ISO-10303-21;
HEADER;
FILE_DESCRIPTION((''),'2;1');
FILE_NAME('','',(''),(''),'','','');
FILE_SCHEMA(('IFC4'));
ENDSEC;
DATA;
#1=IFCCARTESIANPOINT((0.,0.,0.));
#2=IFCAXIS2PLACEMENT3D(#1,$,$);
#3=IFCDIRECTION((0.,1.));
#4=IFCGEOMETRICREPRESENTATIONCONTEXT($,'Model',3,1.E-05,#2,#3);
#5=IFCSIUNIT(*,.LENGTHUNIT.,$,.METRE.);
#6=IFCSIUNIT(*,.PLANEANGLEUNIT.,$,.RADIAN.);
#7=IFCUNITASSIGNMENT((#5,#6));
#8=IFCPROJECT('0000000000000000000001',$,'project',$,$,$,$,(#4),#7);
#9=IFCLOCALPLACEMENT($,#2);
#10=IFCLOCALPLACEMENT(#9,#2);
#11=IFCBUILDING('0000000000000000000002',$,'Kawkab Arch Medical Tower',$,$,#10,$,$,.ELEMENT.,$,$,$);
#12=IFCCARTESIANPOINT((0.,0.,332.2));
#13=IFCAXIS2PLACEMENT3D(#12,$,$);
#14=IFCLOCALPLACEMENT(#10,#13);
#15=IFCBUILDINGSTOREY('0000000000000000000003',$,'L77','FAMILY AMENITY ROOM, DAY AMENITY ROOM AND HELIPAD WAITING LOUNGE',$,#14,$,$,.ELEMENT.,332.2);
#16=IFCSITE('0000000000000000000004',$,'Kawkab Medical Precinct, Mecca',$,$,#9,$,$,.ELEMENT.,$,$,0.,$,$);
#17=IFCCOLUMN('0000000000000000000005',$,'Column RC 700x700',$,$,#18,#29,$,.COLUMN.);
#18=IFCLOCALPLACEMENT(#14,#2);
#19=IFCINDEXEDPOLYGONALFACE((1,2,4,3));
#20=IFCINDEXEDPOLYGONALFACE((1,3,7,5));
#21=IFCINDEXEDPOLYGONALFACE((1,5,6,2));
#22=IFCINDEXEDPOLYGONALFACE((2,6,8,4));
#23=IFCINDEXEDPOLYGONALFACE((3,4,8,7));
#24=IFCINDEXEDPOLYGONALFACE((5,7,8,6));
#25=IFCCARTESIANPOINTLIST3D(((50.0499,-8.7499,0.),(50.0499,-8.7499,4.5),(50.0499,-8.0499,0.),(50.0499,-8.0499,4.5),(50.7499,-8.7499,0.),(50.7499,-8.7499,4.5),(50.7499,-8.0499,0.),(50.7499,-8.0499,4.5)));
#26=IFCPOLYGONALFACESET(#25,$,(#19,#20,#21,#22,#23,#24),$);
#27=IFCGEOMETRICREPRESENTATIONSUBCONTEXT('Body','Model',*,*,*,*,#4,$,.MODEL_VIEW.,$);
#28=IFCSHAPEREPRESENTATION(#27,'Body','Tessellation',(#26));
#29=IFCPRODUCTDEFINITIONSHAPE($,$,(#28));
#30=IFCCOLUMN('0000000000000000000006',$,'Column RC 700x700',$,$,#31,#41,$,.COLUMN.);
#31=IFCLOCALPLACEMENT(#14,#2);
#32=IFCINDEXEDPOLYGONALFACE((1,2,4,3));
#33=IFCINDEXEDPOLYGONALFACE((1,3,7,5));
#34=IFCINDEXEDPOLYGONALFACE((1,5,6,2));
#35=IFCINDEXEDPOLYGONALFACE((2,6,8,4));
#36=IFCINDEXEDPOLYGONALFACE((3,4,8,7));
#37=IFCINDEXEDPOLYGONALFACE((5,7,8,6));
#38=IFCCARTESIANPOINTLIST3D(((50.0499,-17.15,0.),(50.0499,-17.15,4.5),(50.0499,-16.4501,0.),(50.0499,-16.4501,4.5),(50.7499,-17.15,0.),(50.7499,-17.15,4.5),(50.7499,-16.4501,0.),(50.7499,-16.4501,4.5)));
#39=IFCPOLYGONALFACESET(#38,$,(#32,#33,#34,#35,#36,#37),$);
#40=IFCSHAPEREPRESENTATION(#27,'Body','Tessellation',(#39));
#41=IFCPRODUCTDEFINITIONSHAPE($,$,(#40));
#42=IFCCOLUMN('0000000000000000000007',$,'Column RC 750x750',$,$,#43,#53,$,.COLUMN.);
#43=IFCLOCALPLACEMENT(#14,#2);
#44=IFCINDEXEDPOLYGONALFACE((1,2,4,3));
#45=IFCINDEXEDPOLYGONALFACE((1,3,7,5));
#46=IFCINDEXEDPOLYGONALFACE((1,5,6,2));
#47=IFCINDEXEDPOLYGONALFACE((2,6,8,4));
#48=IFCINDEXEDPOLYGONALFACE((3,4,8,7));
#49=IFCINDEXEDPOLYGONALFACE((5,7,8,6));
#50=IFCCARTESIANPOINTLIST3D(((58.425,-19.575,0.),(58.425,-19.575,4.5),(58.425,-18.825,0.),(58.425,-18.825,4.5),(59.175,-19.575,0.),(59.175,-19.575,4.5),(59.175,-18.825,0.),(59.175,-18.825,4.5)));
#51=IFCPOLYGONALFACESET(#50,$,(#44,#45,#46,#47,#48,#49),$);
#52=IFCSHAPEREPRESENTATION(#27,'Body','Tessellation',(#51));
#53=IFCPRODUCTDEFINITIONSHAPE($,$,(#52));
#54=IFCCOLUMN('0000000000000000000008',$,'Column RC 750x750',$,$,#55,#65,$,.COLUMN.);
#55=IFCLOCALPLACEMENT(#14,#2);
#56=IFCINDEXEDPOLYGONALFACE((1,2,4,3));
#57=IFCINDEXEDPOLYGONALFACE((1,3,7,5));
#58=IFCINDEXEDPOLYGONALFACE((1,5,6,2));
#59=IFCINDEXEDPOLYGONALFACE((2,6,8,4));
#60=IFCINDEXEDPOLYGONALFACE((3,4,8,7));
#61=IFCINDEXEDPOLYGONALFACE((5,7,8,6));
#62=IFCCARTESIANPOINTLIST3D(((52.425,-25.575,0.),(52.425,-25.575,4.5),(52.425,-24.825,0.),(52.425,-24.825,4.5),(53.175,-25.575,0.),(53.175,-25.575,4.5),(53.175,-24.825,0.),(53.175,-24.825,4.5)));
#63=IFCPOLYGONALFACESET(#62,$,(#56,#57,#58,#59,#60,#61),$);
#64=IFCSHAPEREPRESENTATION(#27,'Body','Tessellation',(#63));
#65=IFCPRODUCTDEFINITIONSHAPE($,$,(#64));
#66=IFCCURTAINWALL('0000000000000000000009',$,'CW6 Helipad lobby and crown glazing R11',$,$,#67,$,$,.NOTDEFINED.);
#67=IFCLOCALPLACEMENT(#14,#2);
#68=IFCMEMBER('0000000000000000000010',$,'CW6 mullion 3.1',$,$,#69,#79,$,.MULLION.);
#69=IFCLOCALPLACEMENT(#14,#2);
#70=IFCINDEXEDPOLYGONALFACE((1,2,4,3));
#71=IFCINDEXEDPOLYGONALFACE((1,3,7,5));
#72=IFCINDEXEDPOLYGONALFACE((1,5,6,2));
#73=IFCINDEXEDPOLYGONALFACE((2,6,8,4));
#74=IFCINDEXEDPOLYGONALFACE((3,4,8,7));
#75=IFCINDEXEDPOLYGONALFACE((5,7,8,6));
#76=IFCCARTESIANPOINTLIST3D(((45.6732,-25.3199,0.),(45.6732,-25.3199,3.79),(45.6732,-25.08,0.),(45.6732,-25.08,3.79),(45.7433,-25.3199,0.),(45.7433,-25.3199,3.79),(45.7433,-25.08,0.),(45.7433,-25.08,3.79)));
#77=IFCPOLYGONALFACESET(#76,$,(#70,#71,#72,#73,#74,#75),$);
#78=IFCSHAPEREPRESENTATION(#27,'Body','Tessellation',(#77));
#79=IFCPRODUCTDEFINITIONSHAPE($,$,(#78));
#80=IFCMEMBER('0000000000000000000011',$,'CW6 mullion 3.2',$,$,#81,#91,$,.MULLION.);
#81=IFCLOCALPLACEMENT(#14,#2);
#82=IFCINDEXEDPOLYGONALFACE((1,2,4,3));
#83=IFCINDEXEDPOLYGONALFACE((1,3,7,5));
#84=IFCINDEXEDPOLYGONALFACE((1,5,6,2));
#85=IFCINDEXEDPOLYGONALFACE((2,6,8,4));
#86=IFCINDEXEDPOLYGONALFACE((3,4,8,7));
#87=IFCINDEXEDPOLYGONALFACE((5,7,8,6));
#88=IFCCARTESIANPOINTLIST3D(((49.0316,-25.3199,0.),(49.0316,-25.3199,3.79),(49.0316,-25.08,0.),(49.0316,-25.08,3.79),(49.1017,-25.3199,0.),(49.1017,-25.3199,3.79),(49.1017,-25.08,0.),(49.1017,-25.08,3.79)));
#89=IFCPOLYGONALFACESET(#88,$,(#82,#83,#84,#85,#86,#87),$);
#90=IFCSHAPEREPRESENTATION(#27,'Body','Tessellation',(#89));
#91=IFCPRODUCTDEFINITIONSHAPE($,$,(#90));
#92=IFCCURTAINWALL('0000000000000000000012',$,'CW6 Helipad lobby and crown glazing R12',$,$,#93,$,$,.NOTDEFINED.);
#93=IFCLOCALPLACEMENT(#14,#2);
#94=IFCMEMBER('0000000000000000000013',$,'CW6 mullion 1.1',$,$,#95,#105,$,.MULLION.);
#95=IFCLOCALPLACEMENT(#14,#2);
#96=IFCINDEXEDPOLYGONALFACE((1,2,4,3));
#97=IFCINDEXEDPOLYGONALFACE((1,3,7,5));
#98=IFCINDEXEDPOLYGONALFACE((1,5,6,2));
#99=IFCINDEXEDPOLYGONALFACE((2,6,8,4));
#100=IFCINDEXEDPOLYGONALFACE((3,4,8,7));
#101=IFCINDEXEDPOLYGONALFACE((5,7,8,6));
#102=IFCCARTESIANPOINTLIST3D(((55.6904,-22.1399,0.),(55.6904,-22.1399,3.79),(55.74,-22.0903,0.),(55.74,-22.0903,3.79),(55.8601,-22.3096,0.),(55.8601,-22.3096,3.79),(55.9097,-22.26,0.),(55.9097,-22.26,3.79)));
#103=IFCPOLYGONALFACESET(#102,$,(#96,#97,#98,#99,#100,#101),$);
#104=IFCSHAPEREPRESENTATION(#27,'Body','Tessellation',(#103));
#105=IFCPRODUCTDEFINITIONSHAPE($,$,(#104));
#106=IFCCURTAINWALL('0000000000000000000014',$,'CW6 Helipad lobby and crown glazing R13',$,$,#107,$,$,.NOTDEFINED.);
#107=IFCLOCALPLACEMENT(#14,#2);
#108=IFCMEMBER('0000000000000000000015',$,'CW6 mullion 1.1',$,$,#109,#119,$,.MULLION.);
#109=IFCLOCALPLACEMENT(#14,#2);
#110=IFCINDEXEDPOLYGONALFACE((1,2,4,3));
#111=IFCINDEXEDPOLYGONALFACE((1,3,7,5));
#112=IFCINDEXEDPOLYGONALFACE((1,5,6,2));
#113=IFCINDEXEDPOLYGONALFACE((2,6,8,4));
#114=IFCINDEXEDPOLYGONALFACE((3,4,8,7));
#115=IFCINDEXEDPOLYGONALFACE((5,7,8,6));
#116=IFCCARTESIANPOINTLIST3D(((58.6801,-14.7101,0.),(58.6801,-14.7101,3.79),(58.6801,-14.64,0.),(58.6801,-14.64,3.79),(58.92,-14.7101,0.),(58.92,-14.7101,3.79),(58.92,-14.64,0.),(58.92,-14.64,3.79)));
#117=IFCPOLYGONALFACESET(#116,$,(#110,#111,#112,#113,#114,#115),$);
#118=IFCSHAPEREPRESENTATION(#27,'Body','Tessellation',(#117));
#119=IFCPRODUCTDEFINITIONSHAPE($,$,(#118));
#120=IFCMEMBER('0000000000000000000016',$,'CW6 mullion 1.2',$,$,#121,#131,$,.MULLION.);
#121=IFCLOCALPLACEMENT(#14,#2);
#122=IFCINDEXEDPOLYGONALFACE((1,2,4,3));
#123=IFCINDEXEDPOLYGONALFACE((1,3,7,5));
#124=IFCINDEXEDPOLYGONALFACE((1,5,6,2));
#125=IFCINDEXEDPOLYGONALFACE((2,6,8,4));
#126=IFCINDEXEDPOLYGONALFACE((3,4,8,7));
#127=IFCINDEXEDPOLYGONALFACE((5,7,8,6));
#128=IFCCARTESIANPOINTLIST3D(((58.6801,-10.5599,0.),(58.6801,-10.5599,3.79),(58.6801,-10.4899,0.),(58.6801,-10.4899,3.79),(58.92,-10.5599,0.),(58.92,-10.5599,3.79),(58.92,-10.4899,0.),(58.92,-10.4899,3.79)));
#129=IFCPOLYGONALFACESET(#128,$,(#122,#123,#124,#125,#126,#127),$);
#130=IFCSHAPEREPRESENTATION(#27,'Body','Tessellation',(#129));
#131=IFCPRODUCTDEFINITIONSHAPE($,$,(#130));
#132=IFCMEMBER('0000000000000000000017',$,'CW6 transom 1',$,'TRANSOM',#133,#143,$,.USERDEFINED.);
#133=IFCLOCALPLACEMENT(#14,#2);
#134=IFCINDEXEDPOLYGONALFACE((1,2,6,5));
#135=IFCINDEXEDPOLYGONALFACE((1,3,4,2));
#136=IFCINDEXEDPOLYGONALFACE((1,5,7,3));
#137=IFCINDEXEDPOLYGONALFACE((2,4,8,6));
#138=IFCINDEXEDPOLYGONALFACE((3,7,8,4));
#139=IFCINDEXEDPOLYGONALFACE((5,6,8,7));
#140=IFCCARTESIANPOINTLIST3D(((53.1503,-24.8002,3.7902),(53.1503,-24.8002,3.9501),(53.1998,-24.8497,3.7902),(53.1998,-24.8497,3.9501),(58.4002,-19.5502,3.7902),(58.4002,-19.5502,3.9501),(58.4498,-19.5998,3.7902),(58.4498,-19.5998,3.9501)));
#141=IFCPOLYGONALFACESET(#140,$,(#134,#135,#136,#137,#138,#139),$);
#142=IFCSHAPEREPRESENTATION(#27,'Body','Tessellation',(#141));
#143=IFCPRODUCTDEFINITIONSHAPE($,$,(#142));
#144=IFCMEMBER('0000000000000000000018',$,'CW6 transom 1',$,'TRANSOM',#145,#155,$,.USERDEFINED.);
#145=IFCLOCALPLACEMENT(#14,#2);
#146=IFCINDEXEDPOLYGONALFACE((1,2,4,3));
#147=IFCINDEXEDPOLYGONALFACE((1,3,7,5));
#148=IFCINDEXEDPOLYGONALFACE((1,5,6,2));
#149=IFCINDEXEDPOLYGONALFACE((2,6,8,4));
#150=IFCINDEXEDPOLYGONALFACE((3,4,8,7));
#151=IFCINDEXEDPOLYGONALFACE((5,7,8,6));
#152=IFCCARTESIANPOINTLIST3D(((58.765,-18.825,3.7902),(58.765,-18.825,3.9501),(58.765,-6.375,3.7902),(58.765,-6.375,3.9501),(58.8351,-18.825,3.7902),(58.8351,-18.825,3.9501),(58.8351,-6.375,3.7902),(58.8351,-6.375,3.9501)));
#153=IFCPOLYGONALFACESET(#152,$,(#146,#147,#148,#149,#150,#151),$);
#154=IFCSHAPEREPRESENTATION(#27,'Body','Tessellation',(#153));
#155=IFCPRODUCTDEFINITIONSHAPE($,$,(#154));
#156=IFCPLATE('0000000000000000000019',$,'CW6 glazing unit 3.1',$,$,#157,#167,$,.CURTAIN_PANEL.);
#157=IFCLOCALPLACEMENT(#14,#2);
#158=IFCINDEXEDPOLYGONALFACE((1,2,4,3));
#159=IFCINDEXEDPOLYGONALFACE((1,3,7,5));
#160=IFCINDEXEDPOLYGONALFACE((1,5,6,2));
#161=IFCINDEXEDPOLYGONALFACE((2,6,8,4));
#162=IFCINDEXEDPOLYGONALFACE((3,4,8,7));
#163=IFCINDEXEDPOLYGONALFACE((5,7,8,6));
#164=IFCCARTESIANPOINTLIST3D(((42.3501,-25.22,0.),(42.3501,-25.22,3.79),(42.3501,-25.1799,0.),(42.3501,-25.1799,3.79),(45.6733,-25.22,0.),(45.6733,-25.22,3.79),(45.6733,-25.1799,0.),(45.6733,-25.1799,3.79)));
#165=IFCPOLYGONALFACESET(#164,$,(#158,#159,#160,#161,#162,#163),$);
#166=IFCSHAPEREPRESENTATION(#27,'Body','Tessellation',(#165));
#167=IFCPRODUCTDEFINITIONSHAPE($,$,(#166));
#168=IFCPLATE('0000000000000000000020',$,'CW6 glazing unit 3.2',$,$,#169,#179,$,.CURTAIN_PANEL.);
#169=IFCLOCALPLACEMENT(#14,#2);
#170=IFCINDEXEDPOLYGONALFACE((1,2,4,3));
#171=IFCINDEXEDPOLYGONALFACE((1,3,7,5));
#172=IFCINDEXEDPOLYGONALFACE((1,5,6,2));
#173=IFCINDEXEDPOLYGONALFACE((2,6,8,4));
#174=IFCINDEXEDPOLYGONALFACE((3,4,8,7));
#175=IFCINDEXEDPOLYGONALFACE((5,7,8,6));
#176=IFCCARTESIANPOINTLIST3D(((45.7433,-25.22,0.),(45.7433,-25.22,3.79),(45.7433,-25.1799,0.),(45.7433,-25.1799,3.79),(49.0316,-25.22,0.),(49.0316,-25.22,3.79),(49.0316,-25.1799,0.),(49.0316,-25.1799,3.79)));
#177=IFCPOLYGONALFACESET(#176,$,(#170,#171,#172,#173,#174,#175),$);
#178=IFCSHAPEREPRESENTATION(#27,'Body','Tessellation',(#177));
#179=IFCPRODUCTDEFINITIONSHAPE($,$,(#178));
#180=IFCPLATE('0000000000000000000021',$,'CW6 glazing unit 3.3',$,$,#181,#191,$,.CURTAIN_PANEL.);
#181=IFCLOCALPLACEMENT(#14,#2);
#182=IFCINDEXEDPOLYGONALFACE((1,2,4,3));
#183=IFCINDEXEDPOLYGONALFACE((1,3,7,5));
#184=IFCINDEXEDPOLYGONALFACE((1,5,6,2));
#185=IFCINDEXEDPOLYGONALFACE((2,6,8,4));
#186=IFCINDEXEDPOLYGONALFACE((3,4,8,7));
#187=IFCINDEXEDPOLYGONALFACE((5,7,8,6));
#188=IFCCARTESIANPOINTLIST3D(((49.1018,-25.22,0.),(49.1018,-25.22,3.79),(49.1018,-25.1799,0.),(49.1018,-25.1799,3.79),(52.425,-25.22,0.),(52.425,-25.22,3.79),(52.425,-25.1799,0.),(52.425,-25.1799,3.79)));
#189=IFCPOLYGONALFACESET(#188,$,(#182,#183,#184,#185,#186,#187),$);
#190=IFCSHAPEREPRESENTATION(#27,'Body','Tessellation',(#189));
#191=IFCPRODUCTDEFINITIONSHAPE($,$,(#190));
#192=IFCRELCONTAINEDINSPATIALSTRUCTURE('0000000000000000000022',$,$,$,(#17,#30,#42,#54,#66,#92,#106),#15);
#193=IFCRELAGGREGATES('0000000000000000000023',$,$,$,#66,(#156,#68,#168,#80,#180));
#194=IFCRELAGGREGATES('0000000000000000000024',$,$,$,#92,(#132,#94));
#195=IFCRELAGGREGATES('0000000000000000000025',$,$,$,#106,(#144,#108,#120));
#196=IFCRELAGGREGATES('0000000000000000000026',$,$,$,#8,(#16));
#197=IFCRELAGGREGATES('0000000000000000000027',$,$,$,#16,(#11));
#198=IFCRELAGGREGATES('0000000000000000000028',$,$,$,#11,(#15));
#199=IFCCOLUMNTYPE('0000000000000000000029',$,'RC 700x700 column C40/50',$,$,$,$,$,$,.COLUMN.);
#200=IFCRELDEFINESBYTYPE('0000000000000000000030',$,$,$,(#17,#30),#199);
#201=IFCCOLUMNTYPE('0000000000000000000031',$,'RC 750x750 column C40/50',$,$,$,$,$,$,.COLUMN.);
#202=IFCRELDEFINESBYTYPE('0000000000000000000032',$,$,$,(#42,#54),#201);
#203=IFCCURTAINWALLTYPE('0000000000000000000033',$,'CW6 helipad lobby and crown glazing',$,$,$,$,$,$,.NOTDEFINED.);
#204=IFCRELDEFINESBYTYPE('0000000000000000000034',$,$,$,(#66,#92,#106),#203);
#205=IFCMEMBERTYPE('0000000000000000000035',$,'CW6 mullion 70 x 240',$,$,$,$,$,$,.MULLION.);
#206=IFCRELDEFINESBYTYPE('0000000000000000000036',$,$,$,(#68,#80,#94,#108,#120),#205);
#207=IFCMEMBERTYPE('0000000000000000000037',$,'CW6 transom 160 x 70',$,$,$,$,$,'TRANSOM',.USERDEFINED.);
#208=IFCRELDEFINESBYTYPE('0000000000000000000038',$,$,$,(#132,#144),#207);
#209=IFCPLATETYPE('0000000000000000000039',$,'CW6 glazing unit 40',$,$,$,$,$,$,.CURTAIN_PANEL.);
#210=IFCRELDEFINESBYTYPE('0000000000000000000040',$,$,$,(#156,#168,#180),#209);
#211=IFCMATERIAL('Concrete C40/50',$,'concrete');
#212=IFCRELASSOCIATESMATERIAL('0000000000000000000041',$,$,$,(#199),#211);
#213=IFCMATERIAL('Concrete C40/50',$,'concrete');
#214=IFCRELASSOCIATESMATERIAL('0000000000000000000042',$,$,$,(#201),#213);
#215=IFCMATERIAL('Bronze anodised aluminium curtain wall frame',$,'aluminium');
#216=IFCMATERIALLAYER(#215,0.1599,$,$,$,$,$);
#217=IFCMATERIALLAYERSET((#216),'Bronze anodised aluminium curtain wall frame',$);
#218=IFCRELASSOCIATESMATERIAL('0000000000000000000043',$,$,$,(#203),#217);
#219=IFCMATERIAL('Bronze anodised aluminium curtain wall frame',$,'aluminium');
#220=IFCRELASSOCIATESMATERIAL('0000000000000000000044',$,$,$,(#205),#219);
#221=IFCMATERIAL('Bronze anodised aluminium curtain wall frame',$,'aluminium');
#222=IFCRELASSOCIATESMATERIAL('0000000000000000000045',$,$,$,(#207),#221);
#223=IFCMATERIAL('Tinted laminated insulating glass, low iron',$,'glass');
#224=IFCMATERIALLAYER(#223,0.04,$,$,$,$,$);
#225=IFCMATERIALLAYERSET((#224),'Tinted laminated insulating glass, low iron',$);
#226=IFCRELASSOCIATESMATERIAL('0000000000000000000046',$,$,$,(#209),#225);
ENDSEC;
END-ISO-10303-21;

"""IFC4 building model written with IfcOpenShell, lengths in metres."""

from ifc_helpers import new_model, si_unit, direction, frame, origin, origin_2d, place, context, subcontext, project, spatial, rectangle, extrude, material, layer, layer_set, material_profile, profile_set, type_object, element, aggregate, save


model = new_model("IFC4")

# Units and contexts
model_context = context("Model", 3, precision=1e-05, world=origin(), true_north=direction((0.0, 1.0)))
body_context = subcontext(model_context, "Body", "Model", "MODEL_VIEW")
ifc_project = project(units=[si_unit("LENGTHUNIT", "METRE"), si_unit("PLANEANGLEUNIT", "RADIAN")], contexts=[model_context])

# Site, building, storey
site_placement = place(None, origin())
site = spatial("IfcSite", under=ifc_project, at=site_placement, Name="Kawkab Medical Precinct, Mecca", CompositionType="ELEMENT", RefElevation=0.0)
building_placement = place(site_placement, origin())
building = spatial("IfcBuilding", under=site, at=building_placement, Name="Kawkab Arch Medical Tower", CompositionType="ELEMENT")
storey_placement = place(building_placement, frame((0.0, 0.0, 332.2)))
storey = spatial("IfcBuildingStorey", under=building, at=storey_placement, Name="L77", Description="FAMILY AMENITY ROOM, DAY AMENITY ROOM AND HELIPAD WAITING LOUNGE", CompositionType="ELEMENT", Elevation=332.2)

# Columns
ifc_material_1 = material(Name="Concrete C40/50", Category="concrete")
ifc_material_profile_1 = material_profile(ifc_material_1, rectangle(XDim=0.7, YDim=0.7, at=origin_2d()), Name="RC 700x700")
ifc_profile_set_1 = profile_set([ifc_material_profile_1], Name="Concrete C40/50")
column_type_1 = type_object("IfcColumnType", Name="RC 700x700 column C40/50", PredefinedType="COLUMN", material=ifc_profile_set_1)
for number, where, z_axis, x_axis, name in (
    (1, (50.3999, -8.3999, 0.0), (0.0, 0.0, 1.0), (1.0, 0.0, 0.0), "Column RC 700x700"),
    (2, (50.3999, -16.8, 0.0), (0.0, 0.0, 1.0), (1.0, 0.0, 0.0), "Column RC 700x700"),
):
    element("IfcColumn", number, at=place(storey_placement, frame(where, z_axis=z_axis, x_axis=x_axis)), inside=storey, type_object=column_type_1, Name=name, PredefinedType="COLUMN", context=body_context, shape_type="SweptSolid", body=[
        extrude(rectangle(XDim=0.7, YDim=0.7, at=origin_2d()), origin(), (0.0, 0.0, 1.0), 4.5),
    ])
ifc_material_2 = material(Name="Concrete C40/50", Category="concrete")
ifc_material_profile_2 = material_profile(ifc_material_2, rectangle(XDim=0.75, YDim=0.75, at=origin_2d()), Name="RC 750x750")
ifc_profile_set_2 = profile_set([ifc_material_profile_2], Name="Concrete C40/50")
column_type_2 = type_object("IfcColumnType", Name="RC 750x750 column C40/50", PredefinedType="COLUMN", material=ifc_profile_set_2)
for number, where, z_axis, x_axis, name in (
    (3, (58.8, -19.2, 0.0), (0.0, 0.0, 1.0), (1.0, 0.0, 0.0), "Column RC 750x750"),
    (4, (52.8, -25.2, 0.0), (0.0, 0.0, 1.0), (1.0, 0.0, 0.0), "Column RC 750x750"),
):
    element("IfcColumn", number, at=place(storey_placement, frame(where, z_axis=z_axis, x_axis=x_axis)), inside=storey, type_object=column_type_2, Name=name, PredefinedType="COLUMN", context=body_context, shape_type="SweptSolid", body=[
        extrude(rectangle(XDim=0.75, YDim=0.75, at=origin_2d()), origin(), (0.0, 0.0, 1.0), 4.5),
    ])

# Curtain wall, members
ifc_material_3 = material(Name="Bronze anodised aluminium curtain wall frame", Category="aluminium")
ifc_layer_1 = layer(ifc_material_3, 0.1599)
ifc_layer_set_1 = layer_set([ifc_layer_1], Name="Bronze anodised aluminium curtain wall frame")
curtain_wall_type = type_object("IfcCurtainWallType", Name="CW6 helipad lobby and crown glazing", PredefinedType="NOTDEFINED", material=ifc_layer_set_1)
placement = place(storey_placement, origin())
curtain_wall_1 = element("IfcCurtainWall", 5, at=placement, inside=storey, type_object=curtain_wall_type, Name="CW6 Helipad lobby and crown glazing R11", PredefinedType="NOTDEFINED")
ifc_material_4 = material(Name="Bronze anodised aluminium curtain wall frame", Category="aluminium")
ifc_material_profile_3 = material_profile(ifc_material_4, rectangle(XDim=0.24, YDim=0.0701, at=origin_2d()), Name="AL 70x240")
ifc_profile_set_3 = profile_set([ifc_material_profile_3], Name="Bronze anodised aluminium curtain wall frame")
member_type_1 = type_object("IfcMemberType", Name="CW6 mullion 70 x 240", PredefinedType="MULLION", material=ifc_profile_set_3)
member_1_placement = place(storey_placement, frame((45.7083, -25.2, 0.0), z_axis=(0.0, 0.0, 1.0), x_axis=(0.0, 1.0, 0.0)))
member_1 = element("IfcMember", 6, at=member_1_placement, type_object=member_type_1, Name="CW6 mullion 3.1", PredefinedType="MULLION", context=body_context, shape_type="SweptSolid", body=[
    extrude(rectangle(XDim=0.24, YDim=0.0701, at=origin_2d()), origin(), (0.0, 0.0, 1.0), 3.79),
])
member_2_placement = place(storey_placement, frame((49.0667, -25.2, 0.0), z_axis=(0.0, 0.0, 1.0), x_axis=(0.0, 1.0, 0.0)))
member_2 = element("IfcMember", 7, at=member_2_placement, type_object=member_type_1, Name="CW6 mullion 3.2", PredefinedType="MULLION", context=body_context, shape_type="SweptSolid", body=[
    extrude(rectangle(XDim=0.24, YDim=0.0701, at=origin_2d()), origin(), (0.0, 0.0, 1.0), 3.79),
])

# Curtain wall, member
curtain_wall_2 = element("IfcCurtainWall", 8, at=placement, inside=storey, type_object=curtain_wall_type, Name="CW6 Helipad lobby and crown glazing R12", PredefinedType="NOTDEFINED")
member_3_placement = place(storey_placement, frame((55.8, -22.2, 0.0), z_axis=(0.0, 0.0, 1.0), x_axis=(-0.707107, 0.707107, 0.0)))
member_3 = element("IfcMember", 9, at=member_3_placement, type_object=member_type_1, Name="CW6 mullion 1.1", PredefinedType="MULLION", context=body_context, shape_type="SweptSolid", body=[
    extrude(rectangle(XDim=0.24, YDim=0.0701, at=origin_2d()), origin(), (0.0, 0.0, 1.0), 3.79),
])

# Curtain wall, members
curtain_wall_3 = element("IfcCurtainWall", 10, at=placement, inside=storey, type_object=curtain_wall_type, Name="CW6 Helipad lobby and crown glazing R13", PredefinedType="NOTDEFINED")
member_4_placement = place(storey_placement, frame((58.8, -14.675, 0.0), z_axis=(0.0, 0.0, 1.0), x_axis=(-1.0, 0.0, 0.0)))
member_4 = element("IfcMember", 11, at=member_4_placement, type_object=member_type_1, Name="CW6 mullion 1.1", PredefinedType="MULLION", context=body_context, shape_type="SweptSolid", body=[
    extrude(rectangle(XDim=0.24, YDim=0.0701, at=origin_2d()), origin(), (0.0, 0.0, 1.0), 3.79),
])
member_5_placement = place(storey_placement, frame((58.8, -10.5249, 0.0), z_axis=(0.0, 0.0, 1.0), x_axis=(-1.0, 0.0, 0.0)))
member_5 = element("IfcMember", 12, at=member_5_placement, type_object=member_type_1, Name="CW6 mullion 1.2", PredefinedType="MULLION", context=body_context, shape_type="SweptSolid", body=[
    extrude(rectangle(XDim=0.24, YDim=0.0701, at=origin_2d()), origin(), (0.0, 0.0, 1.0), 3.79),
])

# Members
ifc_material_5 = material(Name="Bronze anodised aluminium curtain wall frame", Category="aluminium")
ifc_material_profile_4 = material_profile(ifc_material_5, rectangle(XDim=0.0701, YDim=0.1599, at=origin_2d()), Name="AL 70x160")
ifc_profile_set_4 = profile_set([ifc_material_profile_4], Name="Bronze anodised aluminium curtain wall frame")
member_type_2 = type_object("IfcMemberType", Name="CW6 transom 160 x 70", ElementType="TRANSOM", PredefinedType="USERDEFINED", material=ifc_profile_set_4)
member_6_placement = place(storey_placement, frame((53.175, -24.825, 3.8701), z_axis=(0.707107, 0.707107, 0.0), x_axis=(-0.707107, 0.707107, 0.0)))
member_6 = element("IfcMember", 13, at=member_6_placement, type_object=member_type_2, Name="CW6 transom 1", ObjectType="TRANSOM", PredefinedType="USERDEFINED", context=body_context, shape_type="SweptSolid", body=[
    extrude(rectangle(XDim=0.0701, YDim=0.1599, at=origin_2d()), origin(), (0.0, 0.0, 1.0), 7.4246),
])
member_7_placement = place(storey_placement, frame((58.8, -18.825, 3.8701), z_axis=(0.0, 1.0, 0.0), x_axis=(-1.0, 0.0, 0.0)))
member_7 = element("IfcMember", 14, at=member_7_placement, type_object=member_type_2, Name="CW6 transom 1", ObjectType="TRANSOM", PredefinedType="USERDEFINED", context=body_context, shape_type="SweptSolid", body=[
    extrude(rectangle(XDim=0.0701, YDim=0.1599, at=origin_2d()), origin(), (0.0, 0.0, 1.0), 12.45),
])

# Plates
ifc_material_6 = material(Name="Tinted laminated insulating glass, low iron", Category="glass")
ifc_layer_2 = layer(ifc_material_6, 0.04)
ifc_layer_set_2 = layer_set([ifc_layer_2], Name="Tinted laminated insulating glass, low iron")
plate_type = type_object("IfcPlateType", Name="CW6 glazing unit 40", PredefinedType="CURTAIN_PANEL", material=ifc_layer_set_2)
plate_1_placement = place(storey_placement, frame((44.0117, -25.2, 0.0), z_axis=(0.0, 0.0, 1.0), x_axis=(1.0, 0.0, 0.0)))
plate_1 = element("IfcPlate", 15, at=plate_1_placement, type_object=plate_type, Name="CW6 glazing unit 3.1", PredefinedType="CURTAIN_PANEL", context=body_context, shape_type="SweptSolid", body=[
    extrude(rectangle(XDim=3.3232, YDim=0.04, at=origin_2d()), origin(), (0.0, 0.0, 1.0), 3.79),
])
plate_2_placement = place(storey_placement, frame((47.3875, -25.2, 0.0), z_axis=(0.0, 0.0, 1.0), x_axis=(1.0, 0.0, 0.0)))
plate_2 = element("IfcPlate", 16, at=plate_2_placement, type_object=plate_type, Name="CW6 glazing unit 3.2", PredefinedType="CURTAIN_PANEL", context=body_context, shape_type="SweptSolid", body=[
    extrude(rectangle(XDim=3.2883, YDim=0.04, at=origin_2d()), origin(), (0.0, 0.0, 1.0), 3.79),
])
plate_3_placement = place(storey_placement, frame((50.7634, -25.2, 0.0), z_axis=(0.0, 0.0, 1.0), x_axis=(1.0, 0.0, 0.0)))
plate_3 = element("IfcPlate", 17, at=plate_3_placement, type_object=plate_type, Name="CW6 glazing unit 3.3", PredefinedType="CURTAIN_PANEL", context=body_context, shape_type="SweptSolid", body=[
    extrude(rectangle(XDim=3.3232, YDim=0.04, at=origin_2d()), origin(), (0.0, 0.0, 1.0), 3.79),
])
aggregate(curtain_wall_1, [plate_1, member_1, plate_2, member_2, plate_3])
aggregate(curtain_wall_2, [member_6, member_3])
aggregate(curtain_wall_3, [member_7, member_4, member_5])

save(model, "model.ifc")
